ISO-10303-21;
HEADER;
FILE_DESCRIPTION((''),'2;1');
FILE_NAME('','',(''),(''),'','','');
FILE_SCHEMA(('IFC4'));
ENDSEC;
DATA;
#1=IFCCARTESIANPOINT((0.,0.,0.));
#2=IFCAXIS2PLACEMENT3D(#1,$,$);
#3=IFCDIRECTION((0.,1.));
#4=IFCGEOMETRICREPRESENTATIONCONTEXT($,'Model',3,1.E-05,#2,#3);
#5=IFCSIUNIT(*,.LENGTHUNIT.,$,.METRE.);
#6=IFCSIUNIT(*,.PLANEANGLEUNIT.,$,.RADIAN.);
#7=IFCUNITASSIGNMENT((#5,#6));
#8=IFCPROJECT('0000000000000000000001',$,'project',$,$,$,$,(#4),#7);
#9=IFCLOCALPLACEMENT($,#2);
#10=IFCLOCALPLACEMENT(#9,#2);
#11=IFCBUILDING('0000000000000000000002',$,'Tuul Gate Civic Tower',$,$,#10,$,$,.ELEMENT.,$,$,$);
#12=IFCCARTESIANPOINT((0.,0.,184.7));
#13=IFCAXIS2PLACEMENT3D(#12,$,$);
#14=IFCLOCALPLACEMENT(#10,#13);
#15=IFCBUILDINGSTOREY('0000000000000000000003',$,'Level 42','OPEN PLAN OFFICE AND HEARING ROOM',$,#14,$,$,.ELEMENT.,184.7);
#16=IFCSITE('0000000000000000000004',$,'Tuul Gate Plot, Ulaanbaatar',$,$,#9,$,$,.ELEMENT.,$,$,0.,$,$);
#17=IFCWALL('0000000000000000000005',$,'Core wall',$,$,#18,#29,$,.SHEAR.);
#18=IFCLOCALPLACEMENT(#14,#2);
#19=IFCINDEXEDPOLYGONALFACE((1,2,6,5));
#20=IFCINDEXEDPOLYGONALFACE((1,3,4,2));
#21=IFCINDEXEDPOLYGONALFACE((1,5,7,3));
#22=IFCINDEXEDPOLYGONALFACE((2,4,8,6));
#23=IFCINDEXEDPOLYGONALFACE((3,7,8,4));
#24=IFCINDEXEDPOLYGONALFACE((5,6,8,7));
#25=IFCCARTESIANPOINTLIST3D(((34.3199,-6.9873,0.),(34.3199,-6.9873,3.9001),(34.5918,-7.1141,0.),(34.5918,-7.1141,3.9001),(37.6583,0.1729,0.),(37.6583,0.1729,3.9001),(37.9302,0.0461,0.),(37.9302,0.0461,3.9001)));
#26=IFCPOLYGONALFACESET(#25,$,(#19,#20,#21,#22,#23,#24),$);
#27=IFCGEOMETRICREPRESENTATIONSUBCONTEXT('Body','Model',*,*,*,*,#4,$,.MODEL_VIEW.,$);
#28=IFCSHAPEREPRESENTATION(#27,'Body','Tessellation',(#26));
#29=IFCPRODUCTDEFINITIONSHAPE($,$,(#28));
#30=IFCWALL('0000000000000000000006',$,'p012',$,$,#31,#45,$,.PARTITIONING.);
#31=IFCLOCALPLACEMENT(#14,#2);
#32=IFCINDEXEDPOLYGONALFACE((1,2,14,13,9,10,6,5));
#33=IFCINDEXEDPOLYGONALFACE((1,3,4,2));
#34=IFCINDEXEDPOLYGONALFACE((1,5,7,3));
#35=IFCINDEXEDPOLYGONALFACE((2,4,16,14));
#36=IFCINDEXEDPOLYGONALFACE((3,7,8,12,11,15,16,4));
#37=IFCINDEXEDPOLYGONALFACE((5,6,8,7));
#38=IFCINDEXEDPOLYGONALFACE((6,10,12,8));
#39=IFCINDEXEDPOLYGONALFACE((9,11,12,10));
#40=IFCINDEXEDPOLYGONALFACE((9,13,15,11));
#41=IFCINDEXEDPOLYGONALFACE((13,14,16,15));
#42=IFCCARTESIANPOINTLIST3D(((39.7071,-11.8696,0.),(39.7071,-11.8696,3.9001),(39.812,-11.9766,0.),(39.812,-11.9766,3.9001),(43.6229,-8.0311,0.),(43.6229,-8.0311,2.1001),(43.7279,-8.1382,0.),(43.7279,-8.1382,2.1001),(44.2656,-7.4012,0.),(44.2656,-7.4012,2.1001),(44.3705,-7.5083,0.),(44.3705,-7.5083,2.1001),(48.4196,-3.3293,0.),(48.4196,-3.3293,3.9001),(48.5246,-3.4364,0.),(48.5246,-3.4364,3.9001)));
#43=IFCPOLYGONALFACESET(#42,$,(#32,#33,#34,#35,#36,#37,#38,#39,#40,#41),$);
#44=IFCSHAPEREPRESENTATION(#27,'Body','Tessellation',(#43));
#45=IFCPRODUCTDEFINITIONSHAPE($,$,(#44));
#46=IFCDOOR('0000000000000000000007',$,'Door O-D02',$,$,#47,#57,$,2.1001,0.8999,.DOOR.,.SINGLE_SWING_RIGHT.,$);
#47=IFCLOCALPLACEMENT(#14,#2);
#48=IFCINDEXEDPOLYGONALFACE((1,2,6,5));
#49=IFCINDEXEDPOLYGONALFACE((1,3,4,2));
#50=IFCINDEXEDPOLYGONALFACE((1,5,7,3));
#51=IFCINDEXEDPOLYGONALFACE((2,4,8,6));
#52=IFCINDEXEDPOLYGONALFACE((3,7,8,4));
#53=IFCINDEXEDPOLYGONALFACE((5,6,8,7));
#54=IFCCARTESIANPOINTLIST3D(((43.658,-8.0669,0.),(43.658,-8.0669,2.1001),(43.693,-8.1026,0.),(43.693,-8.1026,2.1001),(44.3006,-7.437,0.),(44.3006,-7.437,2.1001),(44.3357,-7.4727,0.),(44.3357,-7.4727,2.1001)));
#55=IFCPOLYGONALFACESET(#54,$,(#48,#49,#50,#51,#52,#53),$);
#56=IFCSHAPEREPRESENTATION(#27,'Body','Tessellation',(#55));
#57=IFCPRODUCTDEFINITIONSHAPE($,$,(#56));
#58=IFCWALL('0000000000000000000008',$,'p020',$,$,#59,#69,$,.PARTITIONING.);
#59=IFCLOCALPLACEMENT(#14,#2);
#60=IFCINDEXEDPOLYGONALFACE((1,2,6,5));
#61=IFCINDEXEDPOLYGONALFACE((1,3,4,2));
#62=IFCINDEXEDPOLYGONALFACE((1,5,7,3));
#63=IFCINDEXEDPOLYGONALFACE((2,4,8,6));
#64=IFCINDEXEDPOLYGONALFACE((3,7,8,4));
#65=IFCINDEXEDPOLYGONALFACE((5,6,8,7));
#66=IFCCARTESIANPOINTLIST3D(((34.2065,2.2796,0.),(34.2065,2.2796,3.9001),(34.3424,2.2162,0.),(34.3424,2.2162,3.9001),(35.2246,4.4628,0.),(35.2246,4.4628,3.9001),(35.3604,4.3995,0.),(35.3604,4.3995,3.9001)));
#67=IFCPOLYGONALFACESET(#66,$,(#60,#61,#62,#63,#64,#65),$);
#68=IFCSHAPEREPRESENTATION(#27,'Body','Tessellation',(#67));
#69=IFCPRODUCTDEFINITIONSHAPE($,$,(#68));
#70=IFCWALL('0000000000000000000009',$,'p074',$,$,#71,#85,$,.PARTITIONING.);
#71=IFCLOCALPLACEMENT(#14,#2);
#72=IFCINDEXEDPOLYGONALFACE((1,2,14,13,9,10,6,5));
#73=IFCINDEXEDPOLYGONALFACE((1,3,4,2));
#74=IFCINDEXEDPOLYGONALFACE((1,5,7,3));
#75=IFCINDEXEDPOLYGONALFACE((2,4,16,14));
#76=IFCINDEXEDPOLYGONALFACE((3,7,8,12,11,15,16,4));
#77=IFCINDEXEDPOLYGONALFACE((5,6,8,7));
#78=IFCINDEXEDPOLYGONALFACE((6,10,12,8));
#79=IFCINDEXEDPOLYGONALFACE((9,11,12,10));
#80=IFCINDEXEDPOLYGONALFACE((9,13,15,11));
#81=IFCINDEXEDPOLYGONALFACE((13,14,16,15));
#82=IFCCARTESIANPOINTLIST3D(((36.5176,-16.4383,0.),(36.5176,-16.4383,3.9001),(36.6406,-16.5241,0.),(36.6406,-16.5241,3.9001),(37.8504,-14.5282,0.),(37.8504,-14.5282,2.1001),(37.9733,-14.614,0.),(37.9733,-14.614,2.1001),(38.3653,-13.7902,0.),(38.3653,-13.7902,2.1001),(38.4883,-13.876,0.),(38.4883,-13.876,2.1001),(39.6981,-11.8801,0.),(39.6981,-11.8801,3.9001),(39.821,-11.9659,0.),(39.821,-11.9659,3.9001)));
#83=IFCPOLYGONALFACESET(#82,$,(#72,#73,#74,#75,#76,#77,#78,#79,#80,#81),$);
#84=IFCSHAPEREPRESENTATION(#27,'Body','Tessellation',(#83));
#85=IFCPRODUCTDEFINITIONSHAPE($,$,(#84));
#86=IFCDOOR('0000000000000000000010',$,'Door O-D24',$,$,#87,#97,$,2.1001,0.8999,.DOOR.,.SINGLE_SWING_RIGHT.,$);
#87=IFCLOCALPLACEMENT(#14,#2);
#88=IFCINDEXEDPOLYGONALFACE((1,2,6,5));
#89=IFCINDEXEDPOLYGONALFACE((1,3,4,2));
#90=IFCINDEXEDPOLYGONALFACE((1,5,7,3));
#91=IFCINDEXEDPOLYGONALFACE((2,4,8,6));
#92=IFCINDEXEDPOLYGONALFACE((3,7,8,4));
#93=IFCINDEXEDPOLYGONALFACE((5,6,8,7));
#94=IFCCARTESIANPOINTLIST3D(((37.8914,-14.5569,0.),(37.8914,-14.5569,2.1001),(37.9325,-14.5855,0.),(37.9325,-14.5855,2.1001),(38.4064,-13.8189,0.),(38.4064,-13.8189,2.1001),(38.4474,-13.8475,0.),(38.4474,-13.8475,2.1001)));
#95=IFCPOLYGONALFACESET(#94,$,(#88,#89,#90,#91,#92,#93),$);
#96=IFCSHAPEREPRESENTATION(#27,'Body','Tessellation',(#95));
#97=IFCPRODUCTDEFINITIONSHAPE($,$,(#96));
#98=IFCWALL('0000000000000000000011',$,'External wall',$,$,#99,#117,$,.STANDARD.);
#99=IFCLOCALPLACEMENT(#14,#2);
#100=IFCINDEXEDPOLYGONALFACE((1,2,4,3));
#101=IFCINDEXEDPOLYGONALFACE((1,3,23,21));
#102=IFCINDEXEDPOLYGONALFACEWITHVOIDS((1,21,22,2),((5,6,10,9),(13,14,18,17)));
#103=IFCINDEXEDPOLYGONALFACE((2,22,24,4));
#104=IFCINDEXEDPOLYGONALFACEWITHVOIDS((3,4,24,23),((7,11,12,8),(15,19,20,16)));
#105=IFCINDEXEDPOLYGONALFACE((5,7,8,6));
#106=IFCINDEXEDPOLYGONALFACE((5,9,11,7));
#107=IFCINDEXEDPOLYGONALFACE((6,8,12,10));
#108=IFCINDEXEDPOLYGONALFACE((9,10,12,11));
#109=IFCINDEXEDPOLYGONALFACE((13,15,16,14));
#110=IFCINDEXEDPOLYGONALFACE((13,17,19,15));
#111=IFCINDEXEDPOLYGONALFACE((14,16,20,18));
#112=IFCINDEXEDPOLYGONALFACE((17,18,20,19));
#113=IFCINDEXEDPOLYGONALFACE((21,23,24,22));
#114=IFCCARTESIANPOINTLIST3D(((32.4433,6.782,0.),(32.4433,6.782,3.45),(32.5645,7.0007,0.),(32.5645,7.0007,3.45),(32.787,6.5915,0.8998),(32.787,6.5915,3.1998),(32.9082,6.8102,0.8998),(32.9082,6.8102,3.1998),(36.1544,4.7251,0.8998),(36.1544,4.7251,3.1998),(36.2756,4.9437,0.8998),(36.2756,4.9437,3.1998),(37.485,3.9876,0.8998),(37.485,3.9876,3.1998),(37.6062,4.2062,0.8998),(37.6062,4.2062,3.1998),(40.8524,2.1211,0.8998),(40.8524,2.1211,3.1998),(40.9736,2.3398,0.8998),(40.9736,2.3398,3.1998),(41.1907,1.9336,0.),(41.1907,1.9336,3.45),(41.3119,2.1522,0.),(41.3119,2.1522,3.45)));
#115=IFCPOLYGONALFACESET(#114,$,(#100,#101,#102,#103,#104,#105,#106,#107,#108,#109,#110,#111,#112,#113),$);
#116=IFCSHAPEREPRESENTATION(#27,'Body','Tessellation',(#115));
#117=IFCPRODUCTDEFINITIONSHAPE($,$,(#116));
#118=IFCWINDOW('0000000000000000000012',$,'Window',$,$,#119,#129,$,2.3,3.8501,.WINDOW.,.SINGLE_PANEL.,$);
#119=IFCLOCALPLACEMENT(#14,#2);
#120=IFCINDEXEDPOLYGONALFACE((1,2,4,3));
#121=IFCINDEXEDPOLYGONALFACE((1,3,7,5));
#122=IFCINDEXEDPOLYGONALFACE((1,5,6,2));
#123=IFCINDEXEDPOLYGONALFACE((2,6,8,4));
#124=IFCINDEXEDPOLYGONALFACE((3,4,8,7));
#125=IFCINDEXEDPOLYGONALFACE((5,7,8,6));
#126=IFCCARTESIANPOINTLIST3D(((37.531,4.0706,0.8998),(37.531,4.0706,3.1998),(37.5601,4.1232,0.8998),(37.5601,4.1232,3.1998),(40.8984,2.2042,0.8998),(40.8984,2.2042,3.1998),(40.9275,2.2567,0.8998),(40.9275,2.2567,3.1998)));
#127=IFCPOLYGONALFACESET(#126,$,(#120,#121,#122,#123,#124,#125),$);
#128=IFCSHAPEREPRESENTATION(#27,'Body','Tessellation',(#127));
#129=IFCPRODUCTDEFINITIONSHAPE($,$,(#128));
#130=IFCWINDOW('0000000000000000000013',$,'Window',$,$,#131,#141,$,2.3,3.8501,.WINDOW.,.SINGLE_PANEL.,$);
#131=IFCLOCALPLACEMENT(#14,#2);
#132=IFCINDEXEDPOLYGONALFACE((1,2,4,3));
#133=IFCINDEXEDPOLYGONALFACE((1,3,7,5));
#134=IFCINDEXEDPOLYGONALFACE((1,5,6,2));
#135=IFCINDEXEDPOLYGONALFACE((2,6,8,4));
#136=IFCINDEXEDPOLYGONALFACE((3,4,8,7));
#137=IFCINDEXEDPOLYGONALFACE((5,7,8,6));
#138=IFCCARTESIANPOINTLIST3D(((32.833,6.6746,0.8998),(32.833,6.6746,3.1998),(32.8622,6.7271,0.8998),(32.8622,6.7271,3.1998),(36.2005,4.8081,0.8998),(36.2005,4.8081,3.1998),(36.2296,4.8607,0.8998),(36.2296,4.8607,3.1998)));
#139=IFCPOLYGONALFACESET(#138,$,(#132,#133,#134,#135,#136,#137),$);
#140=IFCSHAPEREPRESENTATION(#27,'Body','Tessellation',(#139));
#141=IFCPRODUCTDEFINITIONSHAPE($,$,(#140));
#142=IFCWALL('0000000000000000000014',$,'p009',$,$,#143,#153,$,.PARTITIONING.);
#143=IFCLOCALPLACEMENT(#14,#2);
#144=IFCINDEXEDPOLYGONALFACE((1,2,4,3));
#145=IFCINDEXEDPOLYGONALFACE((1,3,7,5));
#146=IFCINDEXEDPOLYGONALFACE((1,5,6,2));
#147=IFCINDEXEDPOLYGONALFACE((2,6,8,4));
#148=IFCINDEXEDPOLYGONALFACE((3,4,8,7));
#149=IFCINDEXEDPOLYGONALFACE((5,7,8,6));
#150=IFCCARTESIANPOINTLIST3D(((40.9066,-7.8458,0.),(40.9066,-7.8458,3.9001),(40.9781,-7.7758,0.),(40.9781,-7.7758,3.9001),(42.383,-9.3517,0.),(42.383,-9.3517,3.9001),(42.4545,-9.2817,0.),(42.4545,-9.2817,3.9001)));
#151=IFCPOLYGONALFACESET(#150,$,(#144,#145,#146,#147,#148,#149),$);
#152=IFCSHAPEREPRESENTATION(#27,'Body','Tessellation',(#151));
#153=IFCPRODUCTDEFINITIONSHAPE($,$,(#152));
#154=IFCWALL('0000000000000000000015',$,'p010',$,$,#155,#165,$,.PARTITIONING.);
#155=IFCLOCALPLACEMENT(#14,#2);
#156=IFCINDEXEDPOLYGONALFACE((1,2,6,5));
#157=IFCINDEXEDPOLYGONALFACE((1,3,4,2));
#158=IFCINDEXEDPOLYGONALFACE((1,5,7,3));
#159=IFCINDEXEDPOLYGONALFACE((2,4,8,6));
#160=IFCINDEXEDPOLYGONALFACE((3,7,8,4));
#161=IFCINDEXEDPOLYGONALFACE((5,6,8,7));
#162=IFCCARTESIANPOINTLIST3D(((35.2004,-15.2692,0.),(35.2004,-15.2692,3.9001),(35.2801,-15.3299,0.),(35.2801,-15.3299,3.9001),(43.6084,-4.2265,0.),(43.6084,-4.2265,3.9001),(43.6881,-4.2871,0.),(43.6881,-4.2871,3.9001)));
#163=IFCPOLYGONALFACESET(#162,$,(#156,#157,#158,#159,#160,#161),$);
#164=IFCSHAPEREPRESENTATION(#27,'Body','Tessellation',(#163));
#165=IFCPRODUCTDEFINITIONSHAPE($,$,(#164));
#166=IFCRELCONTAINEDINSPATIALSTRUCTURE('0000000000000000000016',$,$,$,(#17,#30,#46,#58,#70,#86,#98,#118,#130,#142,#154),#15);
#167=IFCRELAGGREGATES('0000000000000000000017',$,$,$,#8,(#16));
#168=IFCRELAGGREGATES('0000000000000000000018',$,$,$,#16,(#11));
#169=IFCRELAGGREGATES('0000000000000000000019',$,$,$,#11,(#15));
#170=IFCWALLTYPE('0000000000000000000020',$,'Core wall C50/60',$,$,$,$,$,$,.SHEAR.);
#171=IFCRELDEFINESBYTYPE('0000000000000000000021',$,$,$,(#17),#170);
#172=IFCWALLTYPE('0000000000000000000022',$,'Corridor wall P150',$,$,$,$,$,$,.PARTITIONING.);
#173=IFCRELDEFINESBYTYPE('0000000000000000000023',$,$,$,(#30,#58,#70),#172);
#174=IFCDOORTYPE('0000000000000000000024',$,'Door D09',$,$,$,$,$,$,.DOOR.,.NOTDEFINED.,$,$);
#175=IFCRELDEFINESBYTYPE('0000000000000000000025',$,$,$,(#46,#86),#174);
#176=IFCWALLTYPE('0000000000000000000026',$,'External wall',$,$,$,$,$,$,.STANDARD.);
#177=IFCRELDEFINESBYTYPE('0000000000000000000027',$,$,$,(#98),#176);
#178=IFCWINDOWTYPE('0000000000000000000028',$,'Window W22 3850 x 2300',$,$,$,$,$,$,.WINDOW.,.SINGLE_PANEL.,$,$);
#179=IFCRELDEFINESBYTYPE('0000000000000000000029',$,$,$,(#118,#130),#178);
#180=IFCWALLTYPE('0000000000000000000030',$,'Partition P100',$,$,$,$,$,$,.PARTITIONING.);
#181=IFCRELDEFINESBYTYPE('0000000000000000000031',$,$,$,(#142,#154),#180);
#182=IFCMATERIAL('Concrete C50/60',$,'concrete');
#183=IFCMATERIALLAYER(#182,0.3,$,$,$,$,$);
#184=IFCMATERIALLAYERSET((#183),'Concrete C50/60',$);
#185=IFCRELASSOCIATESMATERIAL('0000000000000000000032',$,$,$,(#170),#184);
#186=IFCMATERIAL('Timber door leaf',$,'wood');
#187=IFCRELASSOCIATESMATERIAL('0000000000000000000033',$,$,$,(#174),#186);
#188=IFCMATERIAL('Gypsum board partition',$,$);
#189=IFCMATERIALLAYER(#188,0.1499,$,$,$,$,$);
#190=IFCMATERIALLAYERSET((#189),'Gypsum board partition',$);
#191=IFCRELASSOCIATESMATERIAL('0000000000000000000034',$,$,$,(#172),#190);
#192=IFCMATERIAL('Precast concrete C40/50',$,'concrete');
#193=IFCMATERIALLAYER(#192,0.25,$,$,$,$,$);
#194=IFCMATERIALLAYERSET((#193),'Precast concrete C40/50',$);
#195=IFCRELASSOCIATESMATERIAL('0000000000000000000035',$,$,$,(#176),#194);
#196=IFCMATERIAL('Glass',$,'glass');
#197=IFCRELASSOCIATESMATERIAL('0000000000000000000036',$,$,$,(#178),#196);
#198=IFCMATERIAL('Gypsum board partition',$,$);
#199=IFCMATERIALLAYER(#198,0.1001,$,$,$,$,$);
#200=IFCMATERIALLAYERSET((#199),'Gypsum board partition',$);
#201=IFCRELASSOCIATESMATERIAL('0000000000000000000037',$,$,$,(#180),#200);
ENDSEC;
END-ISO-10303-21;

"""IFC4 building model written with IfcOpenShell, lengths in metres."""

from ifc_helpers import new_model, si_unit, direction, frame, frame_2d, origin, place, context, subcontext, project, spatial, rectangle, extrude, material, layer, layer_set, type_object, element, fill, save


model = new_model("IFC4")

# Units and contexts
model_context = context("Model", 3, precision=1e-05, world=origin(), true_north=direction((0.0, 1.0)))
body_context = subcontext(model_context, "Body", "Model", "MODEL_VIEW")
ifc_project = project(units=[si_unit("LENGTHUNIT", "METRE"), si_unit("PLANEANGLEUNIT", "RADIAN")], contexts=[model_context])

# Site, building, storey
site_placement = place(None, origin())
site = spatial("IfcSite", under=ifc_project, at=site_placement, Name="Tuul Gate Plot, Ulaanbaatar", CompositionType="ELEMENT", RefElevation=0.0)
building_placement = place(site_placement, origin())
building = spatial("IfcBuilding", under=site, at=building_placement, Name="Tuul Gate Civic Tower", CompositionType="ELEMENT")
storey_placement = place(building_placement, frame((0.0, 0.0, 184.7)))
storey = spatial("IfcBuildingStorey", under=building, at=storey_placement, Name="Level 42", Description="OPEN PLAN OFFICE AND HEARING ROOM", CompositionType="ELEMENT", Elevation=184.7)

# Shared definitions
ifc_material_1 = material(Name="Concrete C50/60", Category="concrete")
ifc_layer_1 = layer(ifc_material_1, 0.3)
ifc_layer_set_1 = layer_set([ifc_layer_1], Name="Concrete C50/60")
wall_type_1 = type_object("IfcWallType", Name="Core wall C50/60", PredefinedType="SHEAR", material=ifc_layer_set_1)

# Shared definitions
ifc_material_2 = material(Name="Timber door leaf", Category="wood")
door_type_1 = type_object("IfcDoorType", Name="Door D09", OperationType="NOTDEFINED", PredefinedType="DOOR", material=ifc_material_2)

# Wall
wall_1_placement = place(storey_placement, frame((34.4558, -7.0508, 0.0), z_axis=(0.0, 0.0, 1.0), x_axis=(0.422571, 0.90633, 0.0)))
element("IfcWall", 1, at=wall_1_placement, inside=storey, type_object=wall_type_1, Name="Core wall", PredefinedType="SHEAR", context=body_context, shape_type="SweptSolid", body=[
    extrude(rectangle(XDim=7.9001, YDim=0.3, at=frame_2d((3.9502, 0.0))), origin(), (0.0, 0.0, 1.0), 3.9001),
])

# Wall, opening, door
ifc_material_3 = material(Name="Gypsum board partition")
ifc_layer_2 = layer(ifc_material_3, 0.1499)
ifc_layer_set_2 = layer_set([ifc_layer_2], Name="Gypsum board partition")
wall_type_2 = type_object("IfcWallType", Name="Corridor wall P150", PredefinedType="PARTITIONING", material=ifc_layer_set_2)
wall_2_placement = place(storey_placement, frame((39.7595, -11.9231, 0.0), z_axis=(0.0, 0.0, 1.0), x_axis=(0.714135, 0.700008, 0.0)))
wall_2 = element("IfcWall", 2, at=wall_2_placement, inside=storey, type_object=wall_type_2, Name="p012", PredefinedType="PARTITIONING", context=body_context, shape_type="SweptSolid", body=[
    extrude(rectangle(XDim=12.2002, YDim=0.1499, at=frame_2d((6.1001, 0.0))), origin(), (0.0, 0.0, 1.0), 3.9001),
])
opening_1_placement = place(wall_2_placement, frame((5.4834, 0.0, 0.0)))
opening_1 = element("IfcOpeningElement", 3, at=opening_1_placement, cuts=wall_2, PredefinedType="OPENING", context=body_context, shape_type="SweptSolid", body=[
    extrude(rectangle(XDim=0.8999, YDim=2.1001, at=frame_2d((0.45, 1.05))), frame((0.0, 0.085, 0.0), z_axis=(0.0, -1.0, 0.0), x_axis=(1.0, 0.0, 0.0)), (0.0, 0.0, 1.0), 0.1699),
])
door_1_placement = place(opening_1_placement, origin())
door_1 = element("IfcDoor", 4, at=door_1_placement, inside=storey, type_object=door_type_1, Name="Door O-D02", OperationType="SINGLE_SWING_RIGHT", OverallHeight=2.1001, OverallWidth=0.8999, PredefinedType="DOOR", context=body_context, shape_type="SweptSolid", body=[
    extrude(rectangle(XDim=0.8999, YDim=2.1001, at=frame_2d((0.45, 1.05))), frame((0.0, 0.0249, 0.0), z_axis=(0.0, -1.0, 0.0), x_axis=(1.0, 0.0, 0.0)), (0.0, 0.0, 1.0), 0.05),
])
fill(opening_1, door_1)

# Wall
wall_3_placement = place(storey_placement, frame((34.2744, 2.2478, 0.0), z_axis=(0.0, 0.0, 1.0), x_axis=(0.422602, 0.906315, 0.0)))
element("IfcWall", 5, at=wall_3_placement, inside=storey, type_object=wall_type_2, Name="p020", PredefinedType="PARTITIONING", context=body_context, shape_type="SweptSolid", body=[
    extrude(rectangle(XDim=2.4089, YDim=0.1499, at=frame_2d((1.2046, 0.0))), origin(), (0.0, 0.0, 1.0), 3.9001),
])

# Wall, opening, door
wall_4_placement = place(storey_placement, frame((36.5791, -16.4812, 0.0), z_axis=(0.0, 0.0, 1.0), x_axis=(0.572224, 0.820098, 0.0)))
wall_4 = element("IfcWall", 6, at=wall_4_placement, inside=storey, type_object=wall_type_2, Name="p074", PredefinedType="PARTITIONING", context=body_context, shape_type="SweptSolid", body=[
    extrude(rectangle(XDim=5.5581, YDim=0.1499, at=frame_2d((2.7791, 0.0))), origin(), (0.0, 0.0, 1.0), 3.9001),
])
opening_2_placement = place(wall_4_placement, frame((2.3291, 0.0, 0.0)))
opening_2 = element("IfcOpeningElement", 7, at=opening_2_placement, cuts=wall_4, PredefinedType="OPENING", context=body_context, shape_type="SweptSolid", body=[
    extrude(rectangle(XDim=0.8999, YDim=2.1001, at=frame_2d((0.45, 1.05))), frame((0.0, 0.085, 0.0), z_axis=(0.0, -1.0, 0.0), x_axis=(1.0, 0.0, 0.0)), (0.0, 0.0, 1.0), 0.1699),
])
door_2_placement = place(opening_2_placement, origin())
door_2 = element("IfcDoor", 8, at=door_2_placement, inside=storey, type_object=door_type_1, Name="Door O-D24", OperationType="SINGLE_SWING_RIGHT", OverallHeight=2.1001, OverallWidth=0.8999, PredefinedType="DOOR", context=body_context, shape_type="SweptSolid", body=[
    extrude(rectangle(XDim=0.8999, YDim=2.1001, at=frame_2d((0.45, 1.05))), frame((0.0, 0.0249, 0.0), z_axis=(0.0, -1.0, 0.0), x_axis=(1.0, 0.0, 0.0)), (0.0, 0.0, 1.0), 0.05),
])
fill(opening_2, door_2)

# Wall, openings, windows
ifc_material_4 = material(Name="Precast concrete C40/50", Category="concrete")
ifc_layer_3 = layer(ifc_material_4, 0.25)
ifc_layer_set_3 = layer_set([ifc_layer_3], Name="Precast concrete C40/50")
wall_type_3 = type_object("IfcWallType", Name="External wall", PredefinedType="STANDARD", material=ifc_layer_set_3)
wall_5_placement = place(storey_placement, frame((41.2512, 2.043, 0.0), z_axis=(0.0, 0.0, 1.0), x_axis=(-0.874634, 0.484785, 0.0)))
wall_5 = element("IfcWall", 9, at=wall_5_placement, inside=storey, type_object=wall_type_3, Name="External wall", PredefinedType="STANDARD", context=body_context, shape_type="SweptSolid", body=[
    extrude(rectangle(XDim=10.0012, YDim=0.25, at=frame_2d((5.0005, 0.0))), origin(), (0.0, 0.0, 1.0), 3.45),
])
opening_3_placement = place(wall_5_placement, frame((0.3867, 0.0, 0.8999)))
opening_3 = element("IfcOpeningElement", 10, at=opening_3_placement, cuts=wall_5, PredefinedType="OPENING", context=body_context, shape_type="SweptSolid", body=[
    extrude(rectangle(XDim=3.8501, YDim=2.3, at=frame_2d((1.925, 1.1499))), frame((0.0, 0.135, 0.0), z_axis=(0.0, -1.0, 0.0), x_axis=(1.0, 0.0, 0.0)), (0.0, 0.0, 1.0), 0.27),
])
opening_4_placement = place(wall_5_placement, frame((5.7581, 0.0, 0.8999)))
opening_4 = element("IfcOpeningElement", 11, at=opening_4_placement, cuts=wall_5, PredefinedType="OPENING", context=body_context, shape_type="SweptSolid", body=[
    extrude(rectangle(XDim=3.8501, YDim=2.3, at=frame_2d((1.925, 1.1499))), frame((0.0, 0.135, 0.0), z_axis=(0.0, -1.0, 0.0), x_axis=(1.0, 0.0, 0.0)), (0.0, 0.0, 1.0), 0.27),
])
ifc_material_5 = material(Name="Glass", Category="glass")
window_type = type_object("IfcWindowType", Name="Window W22 3850 x 2300", PartitioningType="SINGLE_PANEL", PredefinedType="WINDOW", material=ifc_material_5)
window_1_placement = place(opening_3_placement, origin())
window_1 = element("IfcWindow", 12, at=window_1_placement, inside=storey, type_object=window_type, Name="Window", OverallHeight=2.3, OverallWidth=3.8501, PartitioningType="SINGLE_PANEL", PredefinedType="WINDOW", context=body_context, shape_type="SweptSolid", body=[
    extrude(rectangle(XDim=3.8501, YDim=2.3, at=frame_2d((1.925, 1.1499))), frame((0.0, 0.03, 0.0), z_axis=(0.0, -1.0, 0.0), x_axis=(1.0, 0.0, 0.0)), (0.0, 0.0, 1.0), 0.0601),
])
fill(opening_3, window_1)
window_2_placement = place(opening_4_placement, origin())
window_2 = element("IfcWindow", 13, at=window_2_placement, inside=storey, type_object=window_type, Name="Window", OverallHeight=2.3, OverallWidth=3.8501, PartitioningType="SINGLE_PANEL", PredefinedType="WINDOW", context=body_context, shape_type="SweptSolid", body=[
    extrude(rectangle(XDim=3.8501, YDim=2.3, at=frame_2d((1.925, 1.1499))), frame((0.0, 0.03, 0.0), z_axis=(0.0, -1.0, 0.0), x_axis=(1.0, 0.0, 0.0)), (0.0, 0.0, 1.0), 0.0601),
])
fill(opening_4, window_2)

# Walls
ifc_material_6 = material(Name="Gypsum board partition")
ifc_layer_4 = layer(ifc_material_6, 0.1001)
ifc_layer_set_4 = layer_set([ifc_layer_4], Name="Gypsum board partition")
wall_type_4 = type_object("IfcWallType", Name="Partition P100", PredefinedType="PARTITIONING", material=ifc_layer_set_4)
wall_6_placement = place(storey_placement, frame((40.9424, -7.8108, 0.0), z_axis=(0.0, 0.0, 1.0), x_axis=(0.700068, -0.714076, 0.0)))
element("IfcWall", 14, at=wall_6_placement, inside=storey, type_object=wall_type_4, Name="p009", PredefinedType="PARTITIONING", context=body_context, shape_type="SweptSolid", body=[
    extrude(rectangle(XDim=2.1089, YDim=0.1001, at=frame_2d((1.0544, 0.0))), origin(), (0.0, 0.0, 1.0), 3.9001),
])
wall_7_placement = place(storey_placement, frame((35.2402, -15.2996, 0.0), z_axis=(0.0, 0.0, 1.0), x_axis=(0.60579, 0.795624, 0.0)))
element("IfcWall", 15, at=wall_7_placement, inside=storey, type_object=wall_type_4, Name="p010", PredefinedType="PARTITIONING", context=body_context, shape_type="SweptSolid", body=[
    extrude(rectangle(XDim=13.8794, YDim=0.1001, at=frame_2d((6.9397, 0.0))), origin(), (0.0, 0.0, 1.0), 3.9001),
])

save(model, "model.ifc")
